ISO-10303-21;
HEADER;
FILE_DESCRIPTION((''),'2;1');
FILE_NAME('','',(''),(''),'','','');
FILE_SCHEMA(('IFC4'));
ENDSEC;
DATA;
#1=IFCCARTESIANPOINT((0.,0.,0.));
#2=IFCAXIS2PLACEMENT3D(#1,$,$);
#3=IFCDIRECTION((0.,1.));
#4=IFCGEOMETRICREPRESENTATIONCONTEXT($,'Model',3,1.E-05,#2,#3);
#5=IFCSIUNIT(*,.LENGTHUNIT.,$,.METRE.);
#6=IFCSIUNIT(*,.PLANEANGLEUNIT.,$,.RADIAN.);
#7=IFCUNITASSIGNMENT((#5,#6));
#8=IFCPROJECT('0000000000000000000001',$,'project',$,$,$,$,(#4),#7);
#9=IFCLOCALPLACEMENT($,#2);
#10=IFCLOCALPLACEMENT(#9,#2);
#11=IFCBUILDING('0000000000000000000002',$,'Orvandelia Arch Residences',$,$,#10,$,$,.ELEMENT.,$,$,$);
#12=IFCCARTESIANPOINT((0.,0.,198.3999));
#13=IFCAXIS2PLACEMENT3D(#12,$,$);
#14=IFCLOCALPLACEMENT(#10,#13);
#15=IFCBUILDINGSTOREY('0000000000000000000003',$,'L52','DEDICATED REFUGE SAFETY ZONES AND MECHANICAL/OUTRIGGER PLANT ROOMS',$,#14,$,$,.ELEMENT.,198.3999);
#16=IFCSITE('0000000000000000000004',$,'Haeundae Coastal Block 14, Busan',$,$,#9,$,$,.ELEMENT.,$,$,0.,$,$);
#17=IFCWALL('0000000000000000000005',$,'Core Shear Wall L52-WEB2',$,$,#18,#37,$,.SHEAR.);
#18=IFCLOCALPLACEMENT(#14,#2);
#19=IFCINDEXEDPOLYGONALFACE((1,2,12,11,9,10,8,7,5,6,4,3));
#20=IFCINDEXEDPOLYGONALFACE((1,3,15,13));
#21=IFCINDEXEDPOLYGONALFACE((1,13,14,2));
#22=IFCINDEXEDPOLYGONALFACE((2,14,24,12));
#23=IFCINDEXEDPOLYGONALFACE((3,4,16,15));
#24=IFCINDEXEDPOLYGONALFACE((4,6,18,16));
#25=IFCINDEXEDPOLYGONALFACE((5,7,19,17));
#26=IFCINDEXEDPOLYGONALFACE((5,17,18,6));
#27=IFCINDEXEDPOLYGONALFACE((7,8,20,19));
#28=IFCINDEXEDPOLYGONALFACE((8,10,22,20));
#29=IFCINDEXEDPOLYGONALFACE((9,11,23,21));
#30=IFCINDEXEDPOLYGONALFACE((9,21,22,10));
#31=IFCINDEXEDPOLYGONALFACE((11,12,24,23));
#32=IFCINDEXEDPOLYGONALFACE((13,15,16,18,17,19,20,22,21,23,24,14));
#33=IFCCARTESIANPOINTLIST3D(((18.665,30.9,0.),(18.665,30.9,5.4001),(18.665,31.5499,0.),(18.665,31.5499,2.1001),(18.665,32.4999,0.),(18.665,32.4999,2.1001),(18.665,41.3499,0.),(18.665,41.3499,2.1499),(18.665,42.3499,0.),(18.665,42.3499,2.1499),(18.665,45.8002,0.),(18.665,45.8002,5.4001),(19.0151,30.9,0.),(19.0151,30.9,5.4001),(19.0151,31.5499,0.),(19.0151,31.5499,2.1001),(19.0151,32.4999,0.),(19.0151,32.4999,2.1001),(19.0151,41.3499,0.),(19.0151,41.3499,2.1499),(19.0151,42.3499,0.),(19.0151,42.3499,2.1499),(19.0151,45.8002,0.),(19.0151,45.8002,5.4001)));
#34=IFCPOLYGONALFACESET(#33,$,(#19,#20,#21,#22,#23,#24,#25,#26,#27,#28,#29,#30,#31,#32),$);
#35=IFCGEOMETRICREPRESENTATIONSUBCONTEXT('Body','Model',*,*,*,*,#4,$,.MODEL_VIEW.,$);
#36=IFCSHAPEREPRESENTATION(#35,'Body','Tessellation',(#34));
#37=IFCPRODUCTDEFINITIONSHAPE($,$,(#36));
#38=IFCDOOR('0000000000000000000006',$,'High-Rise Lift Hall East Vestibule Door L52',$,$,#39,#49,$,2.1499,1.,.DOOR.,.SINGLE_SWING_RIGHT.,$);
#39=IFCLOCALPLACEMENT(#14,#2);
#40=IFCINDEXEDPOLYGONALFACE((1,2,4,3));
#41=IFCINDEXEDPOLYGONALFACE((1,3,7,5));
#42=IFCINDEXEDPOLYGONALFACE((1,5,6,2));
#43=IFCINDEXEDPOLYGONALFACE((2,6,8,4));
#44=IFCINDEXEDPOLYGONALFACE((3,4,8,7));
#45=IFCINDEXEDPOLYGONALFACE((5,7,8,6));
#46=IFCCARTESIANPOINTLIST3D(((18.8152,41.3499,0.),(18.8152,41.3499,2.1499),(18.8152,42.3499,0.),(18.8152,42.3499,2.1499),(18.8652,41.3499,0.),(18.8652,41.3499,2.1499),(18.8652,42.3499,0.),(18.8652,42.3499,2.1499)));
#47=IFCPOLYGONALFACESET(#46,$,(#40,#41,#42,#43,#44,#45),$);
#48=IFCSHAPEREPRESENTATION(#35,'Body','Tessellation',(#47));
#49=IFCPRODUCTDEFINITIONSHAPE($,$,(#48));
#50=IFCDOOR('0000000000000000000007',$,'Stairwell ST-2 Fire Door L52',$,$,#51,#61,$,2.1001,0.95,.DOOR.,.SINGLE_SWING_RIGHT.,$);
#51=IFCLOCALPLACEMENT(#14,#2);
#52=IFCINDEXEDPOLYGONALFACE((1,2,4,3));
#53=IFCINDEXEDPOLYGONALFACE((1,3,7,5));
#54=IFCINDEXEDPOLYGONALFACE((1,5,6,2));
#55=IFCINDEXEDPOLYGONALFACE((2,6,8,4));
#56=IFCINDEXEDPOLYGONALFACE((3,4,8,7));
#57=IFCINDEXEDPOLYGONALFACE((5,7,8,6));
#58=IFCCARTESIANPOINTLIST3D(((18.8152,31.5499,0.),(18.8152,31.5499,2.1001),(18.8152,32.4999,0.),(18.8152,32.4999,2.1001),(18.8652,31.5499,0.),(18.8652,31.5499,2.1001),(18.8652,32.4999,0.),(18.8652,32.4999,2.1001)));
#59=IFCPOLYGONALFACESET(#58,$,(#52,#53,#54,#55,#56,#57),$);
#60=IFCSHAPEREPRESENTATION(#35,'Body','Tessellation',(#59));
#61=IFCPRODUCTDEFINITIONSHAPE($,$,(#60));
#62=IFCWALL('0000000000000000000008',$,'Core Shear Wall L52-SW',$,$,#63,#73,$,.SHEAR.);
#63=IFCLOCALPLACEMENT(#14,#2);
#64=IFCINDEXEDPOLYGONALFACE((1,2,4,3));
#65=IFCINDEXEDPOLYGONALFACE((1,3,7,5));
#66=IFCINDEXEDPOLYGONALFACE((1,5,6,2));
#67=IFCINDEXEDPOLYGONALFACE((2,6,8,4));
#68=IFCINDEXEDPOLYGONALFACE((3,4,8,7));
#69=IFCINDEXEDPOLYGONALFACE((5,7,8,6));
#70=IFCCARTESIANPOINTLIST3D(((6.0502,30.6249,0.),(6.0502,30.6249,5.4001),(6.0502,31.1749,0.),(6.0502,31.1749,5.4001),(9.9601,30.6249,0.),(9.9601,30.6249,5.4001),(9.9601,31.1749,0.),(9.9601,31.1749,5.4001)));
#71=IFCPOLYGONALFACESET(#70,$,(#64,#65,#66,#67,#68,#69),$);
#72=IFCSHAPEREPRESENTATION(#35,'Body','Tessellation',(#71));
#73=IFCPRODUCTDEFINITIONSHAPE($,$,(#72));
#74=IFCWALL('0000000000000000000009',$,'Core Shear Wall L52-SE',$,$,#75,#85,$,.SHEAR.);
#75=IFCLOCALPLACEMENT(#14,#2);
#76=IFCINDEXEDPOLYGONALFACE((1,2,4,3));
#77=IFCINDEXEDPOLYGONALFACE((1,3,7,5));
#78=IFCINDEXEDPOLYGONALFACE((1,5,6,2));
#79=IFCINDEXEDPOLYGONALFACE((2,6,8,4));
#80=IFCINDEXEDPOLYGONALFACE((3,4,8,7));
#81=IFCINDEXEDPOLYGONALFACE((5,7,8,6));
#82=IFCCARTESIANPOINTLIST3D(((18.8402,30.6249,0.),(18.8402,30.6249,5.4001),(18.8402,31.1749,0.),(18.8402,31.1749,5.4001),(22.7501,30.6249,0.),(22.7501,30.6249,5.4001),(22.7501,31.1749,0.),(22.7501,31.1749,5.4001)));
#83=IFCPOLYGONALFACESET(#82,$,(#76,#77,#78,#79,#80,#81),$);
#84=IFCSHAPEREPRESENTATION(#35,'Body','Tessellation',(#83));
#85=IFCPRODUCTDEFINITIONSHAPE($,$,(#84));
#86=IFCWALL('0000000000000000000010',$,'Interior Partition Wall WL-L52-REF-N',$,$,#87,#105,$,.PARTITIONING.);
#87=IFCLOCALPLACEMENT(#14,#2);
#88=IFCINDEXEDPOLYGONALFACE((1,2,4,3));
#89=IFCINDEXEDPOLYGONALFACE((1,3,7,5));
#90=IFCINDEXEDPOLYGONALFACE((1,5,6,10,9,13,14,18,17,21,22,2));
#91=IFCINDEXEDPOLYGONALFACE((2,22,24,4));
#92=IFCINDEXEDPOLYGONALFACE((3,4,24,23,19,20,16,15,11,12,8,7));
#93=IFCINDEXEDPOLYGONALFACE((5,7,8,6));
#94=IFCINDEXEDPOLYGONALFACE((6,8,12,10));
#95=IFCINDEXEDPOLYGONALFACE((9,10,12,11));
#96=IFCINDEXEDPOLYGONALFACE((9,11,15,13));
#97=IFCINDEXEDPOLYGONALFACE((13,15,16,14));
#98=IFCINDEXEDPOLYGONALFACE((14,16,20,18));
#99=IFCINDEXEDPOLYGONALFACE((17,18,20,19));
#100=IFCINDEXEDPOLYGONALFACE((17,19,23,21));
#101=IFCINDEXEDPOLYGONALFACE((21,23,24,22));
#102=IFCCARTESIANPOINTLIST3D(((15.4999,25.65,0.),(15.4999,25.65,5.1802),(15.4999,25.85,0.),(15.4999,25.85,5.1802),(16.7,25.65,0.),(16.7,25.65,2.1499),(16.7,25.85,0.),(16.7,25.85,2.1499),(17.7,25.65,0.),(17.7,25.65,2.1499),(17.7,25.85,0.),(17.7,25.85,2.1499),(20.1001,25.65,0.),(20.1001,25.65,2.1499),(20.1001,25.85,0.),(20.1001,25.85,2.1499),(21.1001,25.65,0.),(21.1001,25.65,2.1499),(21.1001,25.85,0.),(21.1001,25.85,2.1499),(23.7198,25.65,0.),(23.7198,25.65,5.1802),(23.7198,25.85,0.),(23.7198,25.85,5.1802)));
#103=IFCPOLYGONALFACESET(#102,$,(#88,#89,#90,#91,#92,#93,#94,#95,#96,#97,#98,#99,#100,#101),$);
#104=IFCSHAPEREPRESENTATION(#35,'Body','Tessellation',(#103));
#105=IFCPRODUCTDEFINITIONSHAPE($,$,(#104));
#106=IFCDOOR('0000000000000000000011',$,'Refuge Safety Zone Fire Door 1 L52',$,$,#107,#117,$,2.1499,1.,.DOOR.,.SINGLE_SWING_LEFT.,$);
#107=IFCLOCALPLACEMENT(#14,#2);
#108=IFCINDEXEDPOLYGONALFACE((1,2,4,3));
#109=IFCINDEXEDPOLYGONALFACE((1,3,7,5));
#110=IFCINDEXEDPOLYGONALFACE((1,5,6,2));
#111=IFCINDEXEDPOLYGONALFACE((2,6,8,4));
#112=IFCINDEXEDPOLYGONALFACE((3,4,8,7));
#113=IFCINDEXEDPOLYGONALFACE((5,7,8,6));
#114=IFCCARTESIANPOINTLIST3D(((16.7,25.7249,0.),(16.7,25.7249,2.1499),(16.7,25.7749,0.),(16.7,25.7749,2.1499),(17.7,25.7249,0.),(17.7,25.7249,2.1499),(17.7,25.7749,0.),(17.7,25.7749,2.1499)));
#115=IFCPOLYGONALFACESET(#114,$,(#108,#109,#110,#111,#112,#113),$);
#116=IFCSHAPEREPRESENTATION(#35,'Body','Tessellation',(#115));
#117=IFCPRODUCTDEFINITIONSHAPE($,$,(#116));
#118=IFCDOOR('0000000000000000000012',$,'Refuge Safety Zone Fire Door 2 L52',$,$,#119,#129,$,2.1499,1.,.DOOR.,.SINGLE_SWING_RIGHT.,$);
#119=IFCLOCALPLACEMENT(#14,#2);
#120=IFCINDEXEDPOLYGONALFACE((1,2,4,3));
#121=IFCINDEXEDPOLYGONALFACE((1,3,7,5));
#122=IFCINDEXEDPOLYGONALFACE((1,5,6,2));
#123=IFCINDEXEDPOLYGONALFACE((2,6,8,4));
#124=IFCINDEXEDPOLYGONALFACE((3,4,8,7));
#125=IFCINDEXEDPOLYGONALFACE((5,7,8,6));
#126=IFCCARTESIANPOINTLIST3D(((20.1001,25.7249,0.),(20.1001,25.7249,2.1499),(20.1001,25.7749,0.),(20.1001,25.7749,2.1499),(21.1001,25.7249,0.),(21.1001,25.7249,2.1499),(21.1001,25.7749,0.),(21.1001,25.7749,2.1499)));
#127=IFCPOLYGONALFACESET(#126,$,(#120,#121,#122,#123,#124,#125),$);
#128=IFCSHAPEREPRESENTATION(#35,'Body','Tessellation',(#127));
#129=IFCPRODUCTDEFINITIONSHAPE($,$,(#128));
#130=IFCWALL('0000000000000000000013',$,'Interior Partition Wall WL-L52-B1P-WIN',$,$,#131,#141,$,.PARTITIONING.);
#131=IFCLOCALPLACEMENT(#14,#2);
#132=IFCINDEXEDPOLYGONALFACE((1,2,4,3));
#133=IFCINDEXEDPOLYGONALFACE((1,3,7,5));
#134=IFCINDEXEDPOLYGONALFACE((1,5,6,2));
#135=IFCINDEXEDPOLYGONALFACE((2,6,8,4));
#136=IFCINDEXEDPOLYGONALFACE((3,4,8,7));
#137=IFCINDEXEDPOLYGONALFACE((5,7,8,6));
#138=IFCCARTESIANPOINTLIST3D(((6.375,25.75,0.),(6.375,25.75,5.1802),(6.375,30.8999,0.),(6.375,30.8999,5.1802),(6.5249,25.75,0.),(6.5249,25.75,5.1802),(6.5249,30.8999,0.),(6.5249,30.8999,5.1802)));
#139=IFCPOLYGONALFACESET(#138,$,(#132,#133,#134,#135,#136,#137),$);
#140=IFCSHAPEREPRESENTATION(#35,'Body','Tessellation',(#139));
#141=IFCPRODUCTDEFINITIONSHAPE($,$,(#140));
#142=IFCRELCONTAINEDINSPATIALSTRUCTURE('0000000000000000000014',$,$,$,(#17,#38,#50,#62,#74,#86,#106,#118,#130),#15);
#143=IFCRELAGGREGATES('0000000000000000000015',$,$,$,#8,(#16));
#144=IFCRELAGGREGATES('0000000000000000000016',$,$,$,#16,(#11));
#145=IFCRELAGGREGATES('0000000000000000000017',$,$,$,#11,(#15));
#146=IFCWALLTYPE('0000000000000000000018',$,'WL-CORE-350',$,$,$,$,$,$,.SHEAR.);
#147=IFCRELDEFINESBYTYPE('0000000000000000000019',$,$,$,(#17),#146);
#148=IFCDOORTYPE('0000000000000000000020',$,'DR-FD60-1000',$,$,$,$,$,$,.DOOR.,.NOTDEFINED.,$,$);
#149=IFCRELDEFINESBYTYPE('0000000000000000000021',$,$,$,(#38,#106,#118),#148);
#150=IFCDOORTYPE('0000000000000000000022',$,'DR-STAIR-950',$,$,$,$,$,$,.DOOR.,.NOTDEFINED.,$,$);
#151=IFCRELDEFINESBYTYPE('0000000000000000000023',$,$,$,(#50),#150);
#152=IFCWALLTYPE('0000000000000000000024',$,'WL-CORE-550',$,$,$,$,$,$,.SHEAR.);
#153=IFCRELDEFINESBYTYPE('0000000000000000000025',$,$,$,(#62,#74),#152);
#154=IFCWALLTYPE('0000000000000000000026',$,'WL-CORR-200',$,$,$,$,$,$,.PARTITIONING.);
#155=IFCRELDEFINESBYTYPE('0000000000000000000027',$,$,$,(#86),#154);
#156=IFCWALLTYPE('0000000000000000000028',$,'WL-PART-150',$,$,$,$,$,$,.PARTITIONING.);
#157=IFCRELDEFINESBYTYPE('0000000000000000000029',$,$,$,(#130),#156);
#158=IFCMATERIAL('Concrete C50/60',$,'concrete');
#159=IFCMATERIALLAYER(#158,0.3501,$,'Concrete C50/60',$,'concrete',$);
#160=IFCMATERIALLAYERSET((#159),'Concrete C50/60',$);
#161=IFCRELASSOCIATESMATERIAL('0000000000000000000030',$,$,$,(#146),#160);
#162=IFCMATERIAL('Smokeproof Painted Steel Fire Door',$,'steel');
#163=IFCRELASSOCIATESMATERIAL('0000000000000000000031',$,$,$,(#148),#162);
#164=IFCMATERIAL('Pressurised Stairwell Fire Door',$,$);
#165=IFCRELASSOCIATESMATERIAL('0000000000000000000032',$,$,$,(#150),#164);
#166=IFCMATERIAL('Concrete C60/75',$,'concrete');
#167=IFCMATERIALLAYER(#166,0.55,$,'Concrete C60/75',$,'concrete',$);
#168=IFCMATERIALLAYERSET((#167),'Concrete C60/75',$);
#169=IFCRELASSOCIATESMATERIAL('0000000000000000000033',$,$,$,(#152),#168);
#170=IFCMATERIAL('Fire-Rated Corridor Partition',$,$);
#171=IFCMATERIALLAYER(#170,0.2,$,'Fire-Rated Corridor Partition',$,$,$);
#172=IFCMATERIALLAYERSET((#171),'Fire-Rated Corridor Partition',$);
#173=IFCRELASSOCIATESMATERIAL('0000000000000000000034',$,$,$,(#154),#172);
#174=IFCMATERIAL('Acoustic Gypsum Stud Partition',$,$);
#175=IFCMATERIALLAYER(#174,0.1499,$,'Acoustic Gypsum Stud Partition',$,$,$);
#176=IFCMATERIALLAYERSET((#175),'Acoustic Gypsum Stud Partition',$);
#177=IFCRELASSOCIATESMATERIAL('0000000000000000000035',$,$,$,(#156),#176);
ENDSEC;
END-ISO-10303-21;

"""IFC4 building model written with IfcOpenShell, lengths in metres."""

from ifc_helpers import new_model, si_unit, direction, frame, frame_2d, origin, place, context, subcontext, project, spatial, rectangle, extrude, material, layer, layer_set, type_object, element, fill, save


model = new_model("IFC4")

# Units and contexts
model_context = context("Model", 3, precision=1e-05, world=origin(), true_north=direction((0.0, 1.0)))
body_context = subcontext(model_context, "Body", "Model", "MODEL_VIEW")
ifc_project = project(units=[si_unit("LENGTHUNIT", "METRE"), si_unit("PLANEANGLEUNIT", "RADIAN")], contexts=[model_context])

# Site, building, storey
site_placement = place(None, origin())
site = spatial("IfcSite", under=ifc_project, at=site_placement, Name="Haeundae Coastal Block 14, Busan", CompositionType="ELEMENT", RefElevation=0.0)
building_placement = place(site_placement, origin())
building = spatial("IfcBuilding", under=site, at=building_placement, Name="Orvandelia Arch Residences", CompositionType="ELEMENT")
storey_placement = place(building_placement, frame((0.0, 0.0, 198.3999)))
storey = spatial("IfcBuildingStorey", under=building, at=storey_placement, Name="L52", Description="DEDICATED REFUGE SAFETY ZONES AND MECHANICAL/OUTRIGGER PLANT ROOMS", CompositionType="ELEMENT", Elevation=198.3999)

# Shared definitions
ifc_material_1 = material(Name="Concrete C60/75", Category="concrete")

# Wall, openings, doors
ifc_material_2 = material(Name="Concrete C50/60", Category="concrete")
ifc_layer_1 = layer(ifc_material_2, 0.3501, Name="Concrete C50/60", Category="concrete")
ifc_layer_set_1 = layer_set([ifc_layer_1], Name="Concrete C50/60")
wall_type_1 = type_object("IfcWallType", Name="WL-CORE-350", PredefinedType="SHEAR", material=ifc_layer_set_1)
ifc_material_3 = material(Name="Smokeproof Painted Steel Fire Door", Category="steel")
door_type_1 = type_object("IfcDoorType", Name="DR-FD60-1000", OperationType="NOTDEFINED", PredefinedType="DOOR", material=ifc_material_3)
ifc_material_4 = material(Name="Pressurised Stairwell Fire Door")
door_type_2 = type_object("IfcDoorType", Name="DR-STAIR-950", OperationType="NOTDEFINED", PredefinedType="DOOR", material=ifc_material_4)
wall_1_placement = place(storey_placement, frame((18.8401, 30.8999, 0.0), z_axis=(0.0, 0.0, 1.0), x_axis=(0.0, 1.0, 0.0)))
wall_1 = element("IfcWall", 1, at=wall_1_placement, inside=storey, type_object=wall_type_1, Name="Core Shear Wall L52-WEB2", PredefinedType="SHEAR", context=body_context, shape_type="SweptSolid", body=[
    extrude(rectangle(XDim=14.9001, YDim=0.3501, at=frame_2d((7.4502, 0.0))), origin(), (0.0, 0.0, 1.0), 5.4001),
])
opening_1_placement = place(wall_1_placement, frame((0.6499, 0.0, 0.0)))
opening_1 = element("IfcOpeningElement", 2, at=opening_1_placement, cuts=wall_1, PredefinedType="OPENING", context=body_context, shape_type="SweptSolid", body=[
    extrude(rectangle(XDim=0.95, YDim=2.1001, at=frame_2d((0.4751, 1.05))), frame((0.0, 0.1851, 0.0), z_axis=(0.0, -1.0, 0.0), x_axis=(1.0, 0.0, 0.0)), (0.0, 0.0, 1.0), 0.3701),
])
opening_2_placement = place(wall_1_placement, frame((10.45, 0.0, 0.0)))
opening_2 = element("IfcOpeningElement", 3, at=opening_2_placement, cuts=wall_1, PredefinedType="OPENING", context=body_context, shape_type="SweptSolid", body=[
    extrude(rectangle(XDim=1.0, YDim=2.1499, at=frame_2d((0.5, 1.075))), frame((0.0, 0.1851, 0.0), z_axis=(0.0, -1.0, 0.0), x_axis=(1.0, 0.0, 0.0)), (0.0, 0.0, 1.0), 0.3701),
])
door_1_placement = place(opening_2_placement, origin())
door_1 = element("IfcDoor", 4, at=door_1_placement, inside=storey, type_object=door_type_1, Name="High-Rise Lift Hall East Vestibule Door L52", OperationType="SINGLE_SWING_RIGHT", OverallHeight=2.1499, OverallWidth=1.0, PredefinedType="DOOR", context=body_context, shape_type="SweptSolid", body=[
    extrude(rectangle(XDim=1.0, YDim=2.1499, at=frame_2d((0.5, 1.075))), frame((0.0, 0.0249, 0.0), z_axis=(0.0, -1.0, 0.0), x_axis=(1.0, 0.0, 0.0)), (0.0, 0.0, 1.0), 0.05),
])
fill(opening_2, door_1)
door_2_placement = place(opening_1_placement, origin())
door_2 = element("IfcDoor", 5, at=door_2_placement, inside=storey, type_object=door_type_2, Name="Stairwell ST-2 Fire Door L52", OperationType="SINGLE_SWING_RIGHT", OverallHeight=2.1001, OverallWidth=0.95, PredefinedType="DOOR", context=body_context, shape_type="SweptSolid", body=[
    extrude(rectangle(XDim=0.95, YDim=2.1001, at=frame_2d((0.4751, 1.05))), frame((0.0, 0.0249, 0.0), z_axis=(0.0, -1.0, 0.0), x_axis=(1.0, 0.0, 0.0)), (0.0, 0.0, 1.0), 0.05),
])
fill(opening_1, door_2)

# Wall
ifc_layer_2 = layer(ifc_material_1, 0.55, Name="Concrete C60/75", Category="concrete")
ifc_layer_set_2 = layer_set([ifc_layer_2], Name="Concrete C60/75")
wall_type_2 = type_object("IfcWallType", Name="WL-CORE-550", PredefinedType="SHEAR", material=ifc_layer_set_2)
wall_2_placement = place(storey_placement, frame((6.05, 30.8999, 0.0), z_axis=(0.0, 0.0, 1.0), x_axis=(1.0, 0.0, 0.0)))
element("IfcWall", 6, at=wall_2_placement, inside=storey, type_object=wall_type_2, Name="Core Shear Wall L52-SW", PredefinedType="SHEAR", context=body_context, shape_type="SweptSolid", body=[
    extrude(rectangle(XDim=3.9099, YDim=0.55, at=frame_2d((1.9551, 0.0))), origin(), (0.0, 0.0, 1.0), 5.4001),
])

# Wall
wall_3_placement = place(storey_placement, frame((18.8401, 30.8999, 0.0), z_axis=(0.0, 0.0, 1.0), x_axis=(1.0, 0.0, 0.0)))
element("IfcWall", 7, at=wall_3_placement, inside=storey, type_object=wall_type_2, Name="Core Shear Wall L52-SE", PredefinedType="SHEAR", context=body_context, shape_type="SweptSolid", body=[
    extrude(rectangle(XDim=3.9099, YDim=0.55, at=frame_2d((1.9551, 0.0))), origin(), (0.0, 0.0, 1.0), 5.4001),
])

# Wall, openings, doors
ifc_material_5 = material(Name="Fire-Rated Corridor Partition")
ifc_layer_3 = layer(ifc_material_5, 0.2, Name="Fire-Rated Corridor Partition")
ifc_layer_set_3 = layer_set([ifc_layer_3], Name="Fire-Rated Corridor Partition")
wall_type_3 = type_object("IfcWallType", Name="WL-CORR-200", PredefinedType="PARTITIONING", material=ifc_layer_set_3)
wall_4_placement = place(storey_placement, frame((15.5, 25.75, 0.0), z_axis=(0.0, 0.0, 1.0), x_axis=(1.0, 0.0, 0.0)))
wall_4 = element("IfcWall", 8, at=wall_4_placement, inside=storey, type_object=wall_type_3, Name="Interior Partition Wall WL-L52-REF-N", PredefinedType="PARTITIONING", context=body_context, shape_type="SweptSolid", body=[
    extrude(rectangle(XDim=8.22, YDim=0.2, at=frame_2d((4.1099, 0.0))), origin(), (0.0, 0.0, 1.0), 5.1802),
])
opening_3_placement = place(wall_4_placement, frame((1.2, 0.0, 0.0)))
opening_3 = element("IfcOpeningElement", 9, at=opening_3_placement, cuts=wall_4, PredefinedType="OPENING", context=body_context, shape_type="SweptSolid", body=[
    extrude(rectangle(XDim=1.0, YDim=2.1499, at=frame_2d((0.5, 1.075))), frame((0.0, 0.1099, 0.0), z_axis=(0.0, -1.0, 0.0), x_axis=(1.0, 0.0, 0.0)), (0.0, 0.0, 1.0), 0.22),
])
opening_4_placement = place(wall_4_placement, frame((4.6001, 0.0, 0.0)))
opening_4 = element("IfcOpeningElement", 10, at=opening_4_placement, cuts=wall_4, PredefinedType="OPENING", context=body_context, shape_type="SweptSolid", body=[
    extrude(rectangle(XDim=1.0, YDim=2.1499, at=frame_2d((0.5, 1.075))), frame((0.0, 0.1099, 0.0), z_axis=(0.0, -1.0, 0.0), x_axis=(1.0, 0.0, 0.0)), (0.0, 0.0, 1.0), 0.22),
])
door_3_placement = place(opening_3_placement, origin())
door_3 = element("IfcDoor", 11, at=door_3_placement, inside=storey, type_object=door_type_1, Name="Refuge Safety Zone Fire Door 1 L52", OperationType="SINGLE_SWING_LEFT", OverallHeight=2.1499, OverallWidth=1.0, PredefinedType="DOOR", context=body_context, shape_type="SweptSolid", body=[
    extrude(rectangle(XDim=1.0, YDim=2.1499, at=frame_2d((0.5, 1.075))), frame((0.0, 0.0249, 0.0), z_axis=(0.0, -1.0, 0.0), x_axis=(1.0, 0.0, 0.0)), (0.0, 0.0, 1.0), 0.05),
])
fill(opening_3, door_3)
door_4_placement = place(opening_4_placement, origin())
door_4 = element("IfcDoor", 12, at=door_4_placement, inside=storey, type_object=door_type_1, Name="Refuge Safety Zone Fire Door 2 L52", OperationType="SINGLE_SWING_RIGHT", OverallHeight=2.1499, OverallWidth=1.0, PredefinedType="DOOR", context=body_context, shape_type="SweptSolid", body=[
    extrude(rectangle(XDim=1.0, YDim=2.1499, at=frame_2d((0.5, 1.075))), frame((0.0, 0.0249, 0.0), z_axis=(0.0, -1.0, 0.0), x_axis=(1.0, 0.0, 0.0)), (0.0, 0.0, 1.0), 0.05),
])
fill(opening_4, door_4)

# Wall
ifc_material_6 = material(Name="Acoustic Gypsum Stud Partition")
ifc_layer_4 = layer(ifc_material_6, 0.1499, Name="Acoustic Gypsum Stud Partition")
ifc_layer_set_4 = layer_set([ifc_layer_4], Name="Acoustic Gypsum Stud Partition")
wall_type_4 = type_object("IfcWallType", Name="WL-PART-150", PredefinedType="PARTITIONING", material=ifc_layer_set_4)
wall_5_placement = place(storey_placement, frame((6.45, 25.75, 0.0), z_axis=(0.0, 0.0, 1.0), x_axis=(0.0, 1.0, 0.0)))
element("IfcWall", 13, at=wall_5_placement, inside=storey, type_object=wall_type_4, Name="Interior Partition Wall WL-L52-B1P-WIN", PredefinedType="PARTITIONING", context=body_context, shape_type="SweptSolid", body=[
    extrude(rectangle(XDim=5.1499, YDim=0.1499, at=frame_2d((2.575, 0.0))), origin(), (0.0, 0.0, 1.0), 5.1802),
])

save(model, "model.ifc")
